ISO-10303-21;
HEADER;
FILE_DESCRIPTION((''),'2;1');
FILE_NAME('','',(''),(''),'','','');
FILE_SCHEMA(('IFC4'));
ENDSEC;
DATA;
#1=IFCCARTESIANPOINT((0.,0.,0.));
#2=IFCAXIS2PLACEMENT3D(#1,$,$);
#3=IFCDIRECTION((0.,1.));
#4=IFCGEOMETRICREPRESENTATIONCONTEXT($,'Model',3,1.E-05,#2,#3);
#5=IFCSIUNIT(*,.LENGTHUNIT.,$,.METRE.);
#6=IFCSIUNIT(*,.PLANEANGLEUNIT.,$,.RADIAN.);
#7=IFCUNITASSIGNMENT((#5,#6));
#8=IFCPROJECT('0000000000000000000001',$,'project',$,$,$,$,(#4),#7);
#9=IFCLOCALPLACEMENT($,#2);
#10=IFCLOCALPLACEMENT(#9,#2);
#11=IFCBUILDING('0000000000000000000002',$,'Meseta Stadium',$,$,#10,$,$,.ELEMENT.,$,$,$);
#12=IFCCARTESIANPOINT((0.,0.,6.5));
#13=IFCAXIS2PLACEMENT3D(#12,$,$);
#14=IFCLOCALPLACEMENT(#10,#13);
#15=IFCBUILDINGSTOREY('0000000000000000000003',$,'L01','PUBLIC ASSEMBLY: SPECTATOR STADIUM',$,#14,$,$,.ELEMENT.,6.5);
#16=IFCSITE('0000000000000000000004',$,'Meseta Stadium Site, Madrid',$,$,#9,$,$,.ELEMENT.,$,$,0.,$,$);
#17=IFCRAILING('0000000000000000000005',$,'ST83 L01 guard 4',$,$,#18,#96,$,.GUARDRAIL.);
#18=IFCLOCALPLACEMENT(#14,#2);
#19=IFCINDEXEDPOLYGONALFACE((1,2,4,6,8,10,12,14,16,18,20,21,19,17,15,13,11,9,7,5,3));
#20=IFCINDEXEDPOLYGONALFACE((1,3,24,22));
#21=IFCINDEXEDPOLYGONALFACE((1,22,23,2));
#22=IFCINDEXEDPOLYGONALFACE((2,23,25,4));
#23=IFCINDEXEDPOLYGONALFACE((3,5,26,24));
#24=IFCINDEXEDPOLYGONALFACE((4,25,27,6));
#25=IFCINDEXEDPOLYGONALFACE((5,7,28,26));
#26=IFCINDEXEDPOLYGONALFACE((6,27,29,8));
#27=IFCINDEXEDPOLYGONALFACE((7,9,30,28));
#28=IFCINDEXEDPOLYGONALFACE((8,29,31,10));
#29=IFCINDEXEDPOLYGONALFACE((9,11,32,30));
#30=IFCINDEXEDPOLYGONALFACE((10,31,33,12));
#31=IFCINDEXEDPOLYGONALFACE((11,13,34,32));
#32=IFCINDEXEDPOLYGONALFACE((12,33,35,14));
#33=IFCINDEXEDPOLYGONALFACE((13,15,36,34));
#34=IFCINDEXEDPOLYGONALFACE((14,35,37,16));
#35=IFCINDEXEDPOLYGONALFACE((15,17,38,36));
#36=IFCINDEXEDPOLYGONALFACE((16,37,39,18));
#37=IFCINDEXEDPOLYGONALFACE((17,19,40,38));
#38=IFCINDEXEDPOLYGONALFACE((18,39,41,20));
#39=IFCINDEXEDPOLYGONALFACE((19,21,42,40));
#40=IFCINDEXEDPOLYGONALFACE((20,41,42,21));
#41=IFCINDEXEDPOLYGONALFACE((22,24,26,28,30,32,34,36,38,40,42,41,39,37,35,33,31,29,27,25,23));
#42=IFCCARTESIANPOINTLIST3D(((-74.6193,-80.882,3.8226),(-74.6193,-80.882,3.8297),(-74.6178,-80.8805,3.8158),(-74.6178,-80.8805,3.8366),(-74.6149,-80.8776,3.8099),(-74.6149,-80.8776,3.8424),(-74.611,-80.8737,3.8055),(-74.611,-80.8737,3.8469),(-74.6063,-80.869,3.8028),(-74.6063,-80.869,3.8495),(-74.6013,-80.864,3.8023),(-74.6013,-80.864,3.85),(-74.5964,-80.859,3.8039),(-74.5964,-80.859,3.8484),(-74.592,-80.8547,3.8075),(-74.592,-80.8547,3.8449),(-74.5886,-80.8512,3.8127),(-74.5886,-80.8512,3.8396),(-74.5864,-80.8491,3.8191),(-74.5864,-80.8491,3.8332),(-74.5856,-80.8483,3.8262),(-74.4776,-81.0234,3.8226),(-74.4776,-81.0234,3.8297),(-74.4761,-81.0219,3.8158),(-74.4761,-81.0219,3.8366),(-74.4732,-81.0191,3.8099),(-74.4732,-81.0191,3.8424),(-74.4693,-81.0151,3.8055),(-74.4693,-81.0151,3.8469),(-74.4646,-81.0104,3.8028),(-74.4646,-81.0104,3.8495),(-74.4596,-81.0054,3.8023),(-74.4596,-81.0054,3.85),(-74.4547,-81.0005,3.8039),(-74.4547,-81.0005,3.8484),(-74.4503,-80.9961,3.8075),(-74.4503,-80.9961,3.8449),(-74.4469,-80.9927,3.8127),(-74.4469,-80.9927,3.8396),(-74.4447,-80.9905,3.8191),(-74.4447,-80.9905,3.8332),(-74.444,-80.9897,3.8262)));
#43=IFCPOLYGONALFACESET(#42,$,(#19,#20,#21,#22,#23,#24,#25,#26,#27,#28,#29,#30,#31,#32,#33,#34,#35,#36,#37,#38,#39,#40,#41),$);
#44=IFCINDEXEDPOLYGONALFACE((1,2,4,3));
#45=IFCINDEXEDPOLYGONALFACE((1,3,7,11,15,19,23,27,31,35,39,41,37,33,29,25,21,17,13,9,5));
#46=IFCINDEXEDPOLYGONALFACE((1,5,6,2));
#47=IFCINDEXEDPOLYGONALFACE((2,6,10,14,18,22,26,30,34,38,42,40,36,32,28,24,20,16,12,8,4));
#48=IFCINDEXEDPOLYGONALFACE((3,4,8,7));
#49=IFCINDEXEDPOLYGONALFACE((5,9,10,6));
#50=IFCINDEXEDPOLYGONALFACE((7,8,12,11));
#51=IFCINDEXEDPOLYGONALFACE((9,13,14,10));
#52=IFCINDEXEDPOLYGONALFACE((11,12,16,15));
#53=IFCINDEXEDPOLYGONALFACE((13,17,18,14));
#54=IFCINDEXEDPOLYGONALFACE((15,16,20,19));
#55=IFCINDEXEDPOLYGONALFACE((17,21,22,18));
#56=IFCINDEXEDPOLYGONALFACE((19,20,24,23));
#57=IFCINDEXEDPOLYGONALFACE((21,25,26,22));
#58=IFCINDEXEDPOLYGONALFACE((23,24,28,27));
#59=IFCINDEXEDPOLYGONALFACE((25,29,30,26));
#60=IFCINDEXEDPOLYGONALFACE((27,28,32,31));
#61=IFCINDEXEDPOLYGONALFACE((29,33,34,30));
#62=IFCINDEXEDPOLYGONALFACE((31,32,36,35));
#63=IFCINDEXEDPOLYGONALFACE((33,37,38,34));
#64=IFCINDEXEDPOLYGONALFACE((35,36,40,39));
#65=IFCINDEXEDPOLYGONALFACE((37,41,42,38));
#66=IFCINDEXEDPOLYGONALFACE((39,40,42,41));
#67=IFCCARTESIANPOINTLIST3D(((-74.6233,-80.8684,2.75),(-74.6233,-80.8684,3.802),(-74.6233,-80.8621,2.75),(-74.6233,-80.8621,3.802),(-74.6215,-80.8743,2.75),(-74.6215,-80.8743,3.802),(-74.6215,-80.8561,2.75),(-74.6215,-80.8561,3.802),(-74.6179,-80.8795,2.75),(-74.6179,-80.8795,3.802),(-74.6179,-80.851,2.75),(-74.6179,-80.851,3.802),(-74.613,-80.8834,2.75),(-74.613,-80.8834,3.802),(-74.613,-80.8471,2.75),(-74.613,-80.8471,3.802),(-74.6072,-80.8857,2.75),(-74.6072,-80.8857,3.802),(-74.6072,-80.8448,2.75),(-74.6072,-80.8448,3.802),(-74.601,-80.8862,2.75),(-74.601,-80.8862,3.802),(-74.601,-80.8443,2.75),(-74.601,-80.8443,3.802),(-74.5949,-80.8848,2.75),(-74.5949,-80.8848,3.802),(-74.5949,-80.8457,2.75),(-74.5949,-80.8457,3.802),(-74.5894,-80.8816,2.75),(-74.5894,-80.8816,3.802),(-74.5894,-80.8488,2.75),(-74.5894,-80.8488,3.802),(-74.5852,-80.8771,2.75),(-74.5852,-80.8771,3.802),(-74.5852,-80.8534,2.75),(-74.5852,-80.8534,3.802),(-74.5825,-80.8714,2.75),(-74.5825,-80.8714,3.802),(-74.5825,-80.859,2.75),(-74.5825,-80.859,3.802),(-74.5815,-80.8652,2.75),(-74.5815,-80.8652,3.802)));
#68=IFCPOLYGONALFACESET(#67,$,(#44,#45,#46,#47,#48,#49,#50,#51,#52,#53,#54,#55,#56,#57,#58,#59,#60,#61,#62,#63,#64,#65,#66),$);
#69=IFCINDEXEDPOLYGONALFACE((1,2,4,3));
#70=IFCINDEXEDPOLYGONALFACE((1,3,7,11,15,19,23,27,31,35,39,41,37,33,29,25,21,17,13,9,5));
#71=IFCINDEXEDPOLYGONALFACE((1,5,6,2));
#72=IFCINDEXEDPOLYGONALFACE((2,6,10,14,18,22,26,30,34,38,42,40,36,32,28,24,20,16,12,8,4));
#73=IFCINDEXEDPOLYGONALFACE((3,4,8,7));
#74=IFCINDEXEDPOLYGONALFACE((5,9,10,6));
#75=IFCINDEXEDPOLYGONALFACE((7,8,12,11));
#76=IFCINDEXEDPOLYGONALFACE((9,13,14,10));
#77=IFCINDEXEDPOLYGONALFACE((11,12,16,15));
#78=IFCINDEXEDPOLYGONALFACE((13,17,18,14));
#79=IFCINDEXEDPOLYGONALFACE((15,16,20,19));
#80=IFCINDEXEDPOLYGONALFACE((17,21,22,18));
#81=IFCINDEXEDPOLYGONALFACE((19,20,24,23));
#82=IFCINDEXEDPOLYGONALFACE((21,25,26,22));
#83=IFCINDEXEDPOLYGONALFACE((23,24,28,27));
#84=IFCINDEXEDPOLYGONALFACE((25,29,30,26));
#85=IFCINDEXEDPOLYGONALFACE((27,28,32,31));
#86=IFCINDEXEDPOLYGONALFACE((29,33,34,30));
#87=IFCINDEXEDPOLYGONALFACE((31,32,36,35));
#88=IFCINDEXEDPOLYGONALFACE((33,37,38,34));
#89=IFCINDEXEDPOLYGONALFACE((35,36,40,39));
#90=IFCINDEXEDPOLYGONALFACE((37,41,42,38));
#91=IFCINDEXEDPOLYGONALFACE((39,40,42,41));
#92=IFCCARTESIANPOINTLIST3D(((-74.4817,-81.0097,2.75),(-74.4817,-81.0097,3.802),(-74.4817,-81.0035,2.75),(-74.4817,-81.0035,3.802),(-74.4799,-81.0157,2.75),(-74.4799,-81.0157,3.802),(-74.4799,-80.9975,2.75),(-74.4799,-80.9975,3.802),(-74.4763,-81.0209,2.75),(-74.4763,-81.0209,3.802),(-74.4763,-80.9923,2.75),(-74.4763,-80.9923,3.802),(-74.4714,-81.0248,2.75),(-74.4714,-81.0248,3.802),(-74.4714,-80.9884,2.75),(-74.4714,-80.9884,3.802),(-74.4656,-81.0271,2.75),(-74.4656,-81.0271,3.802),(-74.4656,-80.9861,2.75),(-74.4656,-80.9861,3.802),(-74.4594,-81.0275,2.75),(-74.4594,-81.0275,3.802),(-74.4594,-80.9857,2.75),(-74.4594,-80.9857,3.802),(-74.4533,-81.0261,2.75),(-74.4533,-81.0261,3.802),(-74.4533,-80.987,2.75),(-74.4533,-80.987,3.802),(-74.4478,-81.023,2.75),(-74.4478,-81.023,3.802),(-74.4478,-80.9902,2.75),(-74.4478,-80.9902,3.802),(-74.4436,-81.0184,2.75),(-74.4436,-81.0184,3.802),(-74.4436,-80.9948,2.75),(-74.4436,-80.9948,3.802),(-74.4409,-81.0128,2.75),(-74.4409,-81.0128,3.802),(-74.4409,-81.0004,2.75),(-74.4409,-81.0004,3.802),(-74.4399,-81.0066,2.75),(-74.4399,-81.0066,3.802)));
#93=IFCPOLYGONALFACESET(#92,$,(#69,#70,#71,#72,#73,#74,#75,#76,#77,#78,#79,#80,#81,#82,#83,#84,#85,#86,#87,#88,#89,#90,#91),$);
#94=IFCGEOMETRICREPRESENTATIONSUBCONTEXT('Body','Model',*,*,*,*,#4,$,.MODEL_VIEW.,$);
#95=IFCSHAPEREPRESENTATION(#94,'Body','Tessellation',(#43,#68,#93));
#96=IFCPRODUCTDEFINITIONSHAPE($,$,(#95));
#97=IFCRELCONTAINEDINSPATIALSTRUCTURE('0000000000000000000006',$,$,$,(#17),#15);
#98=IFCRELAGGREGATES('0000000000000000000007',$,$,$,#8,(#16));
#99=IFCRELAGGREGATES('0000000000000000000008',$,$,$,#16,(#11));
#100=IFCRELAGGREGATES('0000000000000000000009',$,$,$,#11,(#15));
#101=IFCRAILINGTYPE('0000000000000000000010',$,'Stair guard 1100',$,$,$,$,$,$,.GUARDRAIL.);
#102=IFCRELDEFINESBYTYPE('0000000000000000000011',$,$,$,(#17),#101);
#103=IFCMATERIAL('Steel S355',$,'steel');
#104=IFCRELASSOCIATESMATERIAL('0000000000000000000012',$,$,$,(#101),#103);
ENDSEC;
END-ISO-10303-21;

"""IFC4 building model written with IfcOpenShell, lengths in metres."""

from ifc_helpers import new_model, si_unit, direction, frame, origin, origin_2d, place, context, subcontext, project, spatial, circle, extrude, material, type_object, element, save


model = new_model("IFC4")

# Units and contexts
model_context = context("Model", 3, precision=1e-05, world=origin(), true_north=direction((0.0, 1.0)))
body_context = subcontext(model_context, "Body", "Model", "MODEL_VIEW")
ifc_project = project(units=[si_unit("LENGTHUNIT", "METRE"), si_unit("PLANEANGLEUNIT", "RADIAN")], contexts=[model_context])

# Site, building, storey
site_placement = place(None, origin())
site = spatial("IfcSite", under=ifc_project, at=site_placement, Name="Meseta Stadium Site, Madrid", CompositionType="ELEMENT", RefElevation=0.0)
building_placement = place(site_placement, origin())
building = spatial("IfcBuilding", under=site, at=building_placement, Name="Meseta Stadium", CompositionType="ELEMENT")
storey_placement = place(building_placement, frame((0.0, 0.0, 6.5)))
storey = spatial("IfcBuildingStorey", under=building, at=storey_placement, Name="L01", Description="PUBLIC ASSEMBLY: SPECTATOR STADIUM", CompositionType="ELEMENT", Elevation=6.5)

# Railing
ifc_material_1 = material(Name="Steel S355", Category="steel")
railing_type_1 = type_object("IfcRailingType", Name="Stair guard 1100", PredefinedType="GUARDRAIL", material=ifc_material_1)
railing_1_placement = place(storey_placement, frame((-74.6025, -80.8652, 2.75)))
element("IfcRailing", 1, at=railing_1_placement, inside=storey, type_object=railing_type_1, Name="ST83 L01 guard 4", PredefinedType="GUARDRAIL", context=body_context, shape_type="SweptSolid", body=[
    extrude(circle(Radius=0.0239, at=origin_2d()), frame((0.0, 0.0, 1.0762), z_axis=(0.707717, -0.706496, 0.0), x_axis=(0.706496, 0.707717, 0.0)), (0.0, 0.0, 1.0), 0.2002),
    extrude(circle(Radius=0.021, at=origin_2d()), origin(), (0.0, 0.0, 1.0), 1.052),
    extrude(circle(Radius=0.021, at=origin_2d()), frame((0.1416, -0.1414, 0.0)), (0.0, 0.0, 1.0), 1.052),
])

save(model, "model.ifc")
